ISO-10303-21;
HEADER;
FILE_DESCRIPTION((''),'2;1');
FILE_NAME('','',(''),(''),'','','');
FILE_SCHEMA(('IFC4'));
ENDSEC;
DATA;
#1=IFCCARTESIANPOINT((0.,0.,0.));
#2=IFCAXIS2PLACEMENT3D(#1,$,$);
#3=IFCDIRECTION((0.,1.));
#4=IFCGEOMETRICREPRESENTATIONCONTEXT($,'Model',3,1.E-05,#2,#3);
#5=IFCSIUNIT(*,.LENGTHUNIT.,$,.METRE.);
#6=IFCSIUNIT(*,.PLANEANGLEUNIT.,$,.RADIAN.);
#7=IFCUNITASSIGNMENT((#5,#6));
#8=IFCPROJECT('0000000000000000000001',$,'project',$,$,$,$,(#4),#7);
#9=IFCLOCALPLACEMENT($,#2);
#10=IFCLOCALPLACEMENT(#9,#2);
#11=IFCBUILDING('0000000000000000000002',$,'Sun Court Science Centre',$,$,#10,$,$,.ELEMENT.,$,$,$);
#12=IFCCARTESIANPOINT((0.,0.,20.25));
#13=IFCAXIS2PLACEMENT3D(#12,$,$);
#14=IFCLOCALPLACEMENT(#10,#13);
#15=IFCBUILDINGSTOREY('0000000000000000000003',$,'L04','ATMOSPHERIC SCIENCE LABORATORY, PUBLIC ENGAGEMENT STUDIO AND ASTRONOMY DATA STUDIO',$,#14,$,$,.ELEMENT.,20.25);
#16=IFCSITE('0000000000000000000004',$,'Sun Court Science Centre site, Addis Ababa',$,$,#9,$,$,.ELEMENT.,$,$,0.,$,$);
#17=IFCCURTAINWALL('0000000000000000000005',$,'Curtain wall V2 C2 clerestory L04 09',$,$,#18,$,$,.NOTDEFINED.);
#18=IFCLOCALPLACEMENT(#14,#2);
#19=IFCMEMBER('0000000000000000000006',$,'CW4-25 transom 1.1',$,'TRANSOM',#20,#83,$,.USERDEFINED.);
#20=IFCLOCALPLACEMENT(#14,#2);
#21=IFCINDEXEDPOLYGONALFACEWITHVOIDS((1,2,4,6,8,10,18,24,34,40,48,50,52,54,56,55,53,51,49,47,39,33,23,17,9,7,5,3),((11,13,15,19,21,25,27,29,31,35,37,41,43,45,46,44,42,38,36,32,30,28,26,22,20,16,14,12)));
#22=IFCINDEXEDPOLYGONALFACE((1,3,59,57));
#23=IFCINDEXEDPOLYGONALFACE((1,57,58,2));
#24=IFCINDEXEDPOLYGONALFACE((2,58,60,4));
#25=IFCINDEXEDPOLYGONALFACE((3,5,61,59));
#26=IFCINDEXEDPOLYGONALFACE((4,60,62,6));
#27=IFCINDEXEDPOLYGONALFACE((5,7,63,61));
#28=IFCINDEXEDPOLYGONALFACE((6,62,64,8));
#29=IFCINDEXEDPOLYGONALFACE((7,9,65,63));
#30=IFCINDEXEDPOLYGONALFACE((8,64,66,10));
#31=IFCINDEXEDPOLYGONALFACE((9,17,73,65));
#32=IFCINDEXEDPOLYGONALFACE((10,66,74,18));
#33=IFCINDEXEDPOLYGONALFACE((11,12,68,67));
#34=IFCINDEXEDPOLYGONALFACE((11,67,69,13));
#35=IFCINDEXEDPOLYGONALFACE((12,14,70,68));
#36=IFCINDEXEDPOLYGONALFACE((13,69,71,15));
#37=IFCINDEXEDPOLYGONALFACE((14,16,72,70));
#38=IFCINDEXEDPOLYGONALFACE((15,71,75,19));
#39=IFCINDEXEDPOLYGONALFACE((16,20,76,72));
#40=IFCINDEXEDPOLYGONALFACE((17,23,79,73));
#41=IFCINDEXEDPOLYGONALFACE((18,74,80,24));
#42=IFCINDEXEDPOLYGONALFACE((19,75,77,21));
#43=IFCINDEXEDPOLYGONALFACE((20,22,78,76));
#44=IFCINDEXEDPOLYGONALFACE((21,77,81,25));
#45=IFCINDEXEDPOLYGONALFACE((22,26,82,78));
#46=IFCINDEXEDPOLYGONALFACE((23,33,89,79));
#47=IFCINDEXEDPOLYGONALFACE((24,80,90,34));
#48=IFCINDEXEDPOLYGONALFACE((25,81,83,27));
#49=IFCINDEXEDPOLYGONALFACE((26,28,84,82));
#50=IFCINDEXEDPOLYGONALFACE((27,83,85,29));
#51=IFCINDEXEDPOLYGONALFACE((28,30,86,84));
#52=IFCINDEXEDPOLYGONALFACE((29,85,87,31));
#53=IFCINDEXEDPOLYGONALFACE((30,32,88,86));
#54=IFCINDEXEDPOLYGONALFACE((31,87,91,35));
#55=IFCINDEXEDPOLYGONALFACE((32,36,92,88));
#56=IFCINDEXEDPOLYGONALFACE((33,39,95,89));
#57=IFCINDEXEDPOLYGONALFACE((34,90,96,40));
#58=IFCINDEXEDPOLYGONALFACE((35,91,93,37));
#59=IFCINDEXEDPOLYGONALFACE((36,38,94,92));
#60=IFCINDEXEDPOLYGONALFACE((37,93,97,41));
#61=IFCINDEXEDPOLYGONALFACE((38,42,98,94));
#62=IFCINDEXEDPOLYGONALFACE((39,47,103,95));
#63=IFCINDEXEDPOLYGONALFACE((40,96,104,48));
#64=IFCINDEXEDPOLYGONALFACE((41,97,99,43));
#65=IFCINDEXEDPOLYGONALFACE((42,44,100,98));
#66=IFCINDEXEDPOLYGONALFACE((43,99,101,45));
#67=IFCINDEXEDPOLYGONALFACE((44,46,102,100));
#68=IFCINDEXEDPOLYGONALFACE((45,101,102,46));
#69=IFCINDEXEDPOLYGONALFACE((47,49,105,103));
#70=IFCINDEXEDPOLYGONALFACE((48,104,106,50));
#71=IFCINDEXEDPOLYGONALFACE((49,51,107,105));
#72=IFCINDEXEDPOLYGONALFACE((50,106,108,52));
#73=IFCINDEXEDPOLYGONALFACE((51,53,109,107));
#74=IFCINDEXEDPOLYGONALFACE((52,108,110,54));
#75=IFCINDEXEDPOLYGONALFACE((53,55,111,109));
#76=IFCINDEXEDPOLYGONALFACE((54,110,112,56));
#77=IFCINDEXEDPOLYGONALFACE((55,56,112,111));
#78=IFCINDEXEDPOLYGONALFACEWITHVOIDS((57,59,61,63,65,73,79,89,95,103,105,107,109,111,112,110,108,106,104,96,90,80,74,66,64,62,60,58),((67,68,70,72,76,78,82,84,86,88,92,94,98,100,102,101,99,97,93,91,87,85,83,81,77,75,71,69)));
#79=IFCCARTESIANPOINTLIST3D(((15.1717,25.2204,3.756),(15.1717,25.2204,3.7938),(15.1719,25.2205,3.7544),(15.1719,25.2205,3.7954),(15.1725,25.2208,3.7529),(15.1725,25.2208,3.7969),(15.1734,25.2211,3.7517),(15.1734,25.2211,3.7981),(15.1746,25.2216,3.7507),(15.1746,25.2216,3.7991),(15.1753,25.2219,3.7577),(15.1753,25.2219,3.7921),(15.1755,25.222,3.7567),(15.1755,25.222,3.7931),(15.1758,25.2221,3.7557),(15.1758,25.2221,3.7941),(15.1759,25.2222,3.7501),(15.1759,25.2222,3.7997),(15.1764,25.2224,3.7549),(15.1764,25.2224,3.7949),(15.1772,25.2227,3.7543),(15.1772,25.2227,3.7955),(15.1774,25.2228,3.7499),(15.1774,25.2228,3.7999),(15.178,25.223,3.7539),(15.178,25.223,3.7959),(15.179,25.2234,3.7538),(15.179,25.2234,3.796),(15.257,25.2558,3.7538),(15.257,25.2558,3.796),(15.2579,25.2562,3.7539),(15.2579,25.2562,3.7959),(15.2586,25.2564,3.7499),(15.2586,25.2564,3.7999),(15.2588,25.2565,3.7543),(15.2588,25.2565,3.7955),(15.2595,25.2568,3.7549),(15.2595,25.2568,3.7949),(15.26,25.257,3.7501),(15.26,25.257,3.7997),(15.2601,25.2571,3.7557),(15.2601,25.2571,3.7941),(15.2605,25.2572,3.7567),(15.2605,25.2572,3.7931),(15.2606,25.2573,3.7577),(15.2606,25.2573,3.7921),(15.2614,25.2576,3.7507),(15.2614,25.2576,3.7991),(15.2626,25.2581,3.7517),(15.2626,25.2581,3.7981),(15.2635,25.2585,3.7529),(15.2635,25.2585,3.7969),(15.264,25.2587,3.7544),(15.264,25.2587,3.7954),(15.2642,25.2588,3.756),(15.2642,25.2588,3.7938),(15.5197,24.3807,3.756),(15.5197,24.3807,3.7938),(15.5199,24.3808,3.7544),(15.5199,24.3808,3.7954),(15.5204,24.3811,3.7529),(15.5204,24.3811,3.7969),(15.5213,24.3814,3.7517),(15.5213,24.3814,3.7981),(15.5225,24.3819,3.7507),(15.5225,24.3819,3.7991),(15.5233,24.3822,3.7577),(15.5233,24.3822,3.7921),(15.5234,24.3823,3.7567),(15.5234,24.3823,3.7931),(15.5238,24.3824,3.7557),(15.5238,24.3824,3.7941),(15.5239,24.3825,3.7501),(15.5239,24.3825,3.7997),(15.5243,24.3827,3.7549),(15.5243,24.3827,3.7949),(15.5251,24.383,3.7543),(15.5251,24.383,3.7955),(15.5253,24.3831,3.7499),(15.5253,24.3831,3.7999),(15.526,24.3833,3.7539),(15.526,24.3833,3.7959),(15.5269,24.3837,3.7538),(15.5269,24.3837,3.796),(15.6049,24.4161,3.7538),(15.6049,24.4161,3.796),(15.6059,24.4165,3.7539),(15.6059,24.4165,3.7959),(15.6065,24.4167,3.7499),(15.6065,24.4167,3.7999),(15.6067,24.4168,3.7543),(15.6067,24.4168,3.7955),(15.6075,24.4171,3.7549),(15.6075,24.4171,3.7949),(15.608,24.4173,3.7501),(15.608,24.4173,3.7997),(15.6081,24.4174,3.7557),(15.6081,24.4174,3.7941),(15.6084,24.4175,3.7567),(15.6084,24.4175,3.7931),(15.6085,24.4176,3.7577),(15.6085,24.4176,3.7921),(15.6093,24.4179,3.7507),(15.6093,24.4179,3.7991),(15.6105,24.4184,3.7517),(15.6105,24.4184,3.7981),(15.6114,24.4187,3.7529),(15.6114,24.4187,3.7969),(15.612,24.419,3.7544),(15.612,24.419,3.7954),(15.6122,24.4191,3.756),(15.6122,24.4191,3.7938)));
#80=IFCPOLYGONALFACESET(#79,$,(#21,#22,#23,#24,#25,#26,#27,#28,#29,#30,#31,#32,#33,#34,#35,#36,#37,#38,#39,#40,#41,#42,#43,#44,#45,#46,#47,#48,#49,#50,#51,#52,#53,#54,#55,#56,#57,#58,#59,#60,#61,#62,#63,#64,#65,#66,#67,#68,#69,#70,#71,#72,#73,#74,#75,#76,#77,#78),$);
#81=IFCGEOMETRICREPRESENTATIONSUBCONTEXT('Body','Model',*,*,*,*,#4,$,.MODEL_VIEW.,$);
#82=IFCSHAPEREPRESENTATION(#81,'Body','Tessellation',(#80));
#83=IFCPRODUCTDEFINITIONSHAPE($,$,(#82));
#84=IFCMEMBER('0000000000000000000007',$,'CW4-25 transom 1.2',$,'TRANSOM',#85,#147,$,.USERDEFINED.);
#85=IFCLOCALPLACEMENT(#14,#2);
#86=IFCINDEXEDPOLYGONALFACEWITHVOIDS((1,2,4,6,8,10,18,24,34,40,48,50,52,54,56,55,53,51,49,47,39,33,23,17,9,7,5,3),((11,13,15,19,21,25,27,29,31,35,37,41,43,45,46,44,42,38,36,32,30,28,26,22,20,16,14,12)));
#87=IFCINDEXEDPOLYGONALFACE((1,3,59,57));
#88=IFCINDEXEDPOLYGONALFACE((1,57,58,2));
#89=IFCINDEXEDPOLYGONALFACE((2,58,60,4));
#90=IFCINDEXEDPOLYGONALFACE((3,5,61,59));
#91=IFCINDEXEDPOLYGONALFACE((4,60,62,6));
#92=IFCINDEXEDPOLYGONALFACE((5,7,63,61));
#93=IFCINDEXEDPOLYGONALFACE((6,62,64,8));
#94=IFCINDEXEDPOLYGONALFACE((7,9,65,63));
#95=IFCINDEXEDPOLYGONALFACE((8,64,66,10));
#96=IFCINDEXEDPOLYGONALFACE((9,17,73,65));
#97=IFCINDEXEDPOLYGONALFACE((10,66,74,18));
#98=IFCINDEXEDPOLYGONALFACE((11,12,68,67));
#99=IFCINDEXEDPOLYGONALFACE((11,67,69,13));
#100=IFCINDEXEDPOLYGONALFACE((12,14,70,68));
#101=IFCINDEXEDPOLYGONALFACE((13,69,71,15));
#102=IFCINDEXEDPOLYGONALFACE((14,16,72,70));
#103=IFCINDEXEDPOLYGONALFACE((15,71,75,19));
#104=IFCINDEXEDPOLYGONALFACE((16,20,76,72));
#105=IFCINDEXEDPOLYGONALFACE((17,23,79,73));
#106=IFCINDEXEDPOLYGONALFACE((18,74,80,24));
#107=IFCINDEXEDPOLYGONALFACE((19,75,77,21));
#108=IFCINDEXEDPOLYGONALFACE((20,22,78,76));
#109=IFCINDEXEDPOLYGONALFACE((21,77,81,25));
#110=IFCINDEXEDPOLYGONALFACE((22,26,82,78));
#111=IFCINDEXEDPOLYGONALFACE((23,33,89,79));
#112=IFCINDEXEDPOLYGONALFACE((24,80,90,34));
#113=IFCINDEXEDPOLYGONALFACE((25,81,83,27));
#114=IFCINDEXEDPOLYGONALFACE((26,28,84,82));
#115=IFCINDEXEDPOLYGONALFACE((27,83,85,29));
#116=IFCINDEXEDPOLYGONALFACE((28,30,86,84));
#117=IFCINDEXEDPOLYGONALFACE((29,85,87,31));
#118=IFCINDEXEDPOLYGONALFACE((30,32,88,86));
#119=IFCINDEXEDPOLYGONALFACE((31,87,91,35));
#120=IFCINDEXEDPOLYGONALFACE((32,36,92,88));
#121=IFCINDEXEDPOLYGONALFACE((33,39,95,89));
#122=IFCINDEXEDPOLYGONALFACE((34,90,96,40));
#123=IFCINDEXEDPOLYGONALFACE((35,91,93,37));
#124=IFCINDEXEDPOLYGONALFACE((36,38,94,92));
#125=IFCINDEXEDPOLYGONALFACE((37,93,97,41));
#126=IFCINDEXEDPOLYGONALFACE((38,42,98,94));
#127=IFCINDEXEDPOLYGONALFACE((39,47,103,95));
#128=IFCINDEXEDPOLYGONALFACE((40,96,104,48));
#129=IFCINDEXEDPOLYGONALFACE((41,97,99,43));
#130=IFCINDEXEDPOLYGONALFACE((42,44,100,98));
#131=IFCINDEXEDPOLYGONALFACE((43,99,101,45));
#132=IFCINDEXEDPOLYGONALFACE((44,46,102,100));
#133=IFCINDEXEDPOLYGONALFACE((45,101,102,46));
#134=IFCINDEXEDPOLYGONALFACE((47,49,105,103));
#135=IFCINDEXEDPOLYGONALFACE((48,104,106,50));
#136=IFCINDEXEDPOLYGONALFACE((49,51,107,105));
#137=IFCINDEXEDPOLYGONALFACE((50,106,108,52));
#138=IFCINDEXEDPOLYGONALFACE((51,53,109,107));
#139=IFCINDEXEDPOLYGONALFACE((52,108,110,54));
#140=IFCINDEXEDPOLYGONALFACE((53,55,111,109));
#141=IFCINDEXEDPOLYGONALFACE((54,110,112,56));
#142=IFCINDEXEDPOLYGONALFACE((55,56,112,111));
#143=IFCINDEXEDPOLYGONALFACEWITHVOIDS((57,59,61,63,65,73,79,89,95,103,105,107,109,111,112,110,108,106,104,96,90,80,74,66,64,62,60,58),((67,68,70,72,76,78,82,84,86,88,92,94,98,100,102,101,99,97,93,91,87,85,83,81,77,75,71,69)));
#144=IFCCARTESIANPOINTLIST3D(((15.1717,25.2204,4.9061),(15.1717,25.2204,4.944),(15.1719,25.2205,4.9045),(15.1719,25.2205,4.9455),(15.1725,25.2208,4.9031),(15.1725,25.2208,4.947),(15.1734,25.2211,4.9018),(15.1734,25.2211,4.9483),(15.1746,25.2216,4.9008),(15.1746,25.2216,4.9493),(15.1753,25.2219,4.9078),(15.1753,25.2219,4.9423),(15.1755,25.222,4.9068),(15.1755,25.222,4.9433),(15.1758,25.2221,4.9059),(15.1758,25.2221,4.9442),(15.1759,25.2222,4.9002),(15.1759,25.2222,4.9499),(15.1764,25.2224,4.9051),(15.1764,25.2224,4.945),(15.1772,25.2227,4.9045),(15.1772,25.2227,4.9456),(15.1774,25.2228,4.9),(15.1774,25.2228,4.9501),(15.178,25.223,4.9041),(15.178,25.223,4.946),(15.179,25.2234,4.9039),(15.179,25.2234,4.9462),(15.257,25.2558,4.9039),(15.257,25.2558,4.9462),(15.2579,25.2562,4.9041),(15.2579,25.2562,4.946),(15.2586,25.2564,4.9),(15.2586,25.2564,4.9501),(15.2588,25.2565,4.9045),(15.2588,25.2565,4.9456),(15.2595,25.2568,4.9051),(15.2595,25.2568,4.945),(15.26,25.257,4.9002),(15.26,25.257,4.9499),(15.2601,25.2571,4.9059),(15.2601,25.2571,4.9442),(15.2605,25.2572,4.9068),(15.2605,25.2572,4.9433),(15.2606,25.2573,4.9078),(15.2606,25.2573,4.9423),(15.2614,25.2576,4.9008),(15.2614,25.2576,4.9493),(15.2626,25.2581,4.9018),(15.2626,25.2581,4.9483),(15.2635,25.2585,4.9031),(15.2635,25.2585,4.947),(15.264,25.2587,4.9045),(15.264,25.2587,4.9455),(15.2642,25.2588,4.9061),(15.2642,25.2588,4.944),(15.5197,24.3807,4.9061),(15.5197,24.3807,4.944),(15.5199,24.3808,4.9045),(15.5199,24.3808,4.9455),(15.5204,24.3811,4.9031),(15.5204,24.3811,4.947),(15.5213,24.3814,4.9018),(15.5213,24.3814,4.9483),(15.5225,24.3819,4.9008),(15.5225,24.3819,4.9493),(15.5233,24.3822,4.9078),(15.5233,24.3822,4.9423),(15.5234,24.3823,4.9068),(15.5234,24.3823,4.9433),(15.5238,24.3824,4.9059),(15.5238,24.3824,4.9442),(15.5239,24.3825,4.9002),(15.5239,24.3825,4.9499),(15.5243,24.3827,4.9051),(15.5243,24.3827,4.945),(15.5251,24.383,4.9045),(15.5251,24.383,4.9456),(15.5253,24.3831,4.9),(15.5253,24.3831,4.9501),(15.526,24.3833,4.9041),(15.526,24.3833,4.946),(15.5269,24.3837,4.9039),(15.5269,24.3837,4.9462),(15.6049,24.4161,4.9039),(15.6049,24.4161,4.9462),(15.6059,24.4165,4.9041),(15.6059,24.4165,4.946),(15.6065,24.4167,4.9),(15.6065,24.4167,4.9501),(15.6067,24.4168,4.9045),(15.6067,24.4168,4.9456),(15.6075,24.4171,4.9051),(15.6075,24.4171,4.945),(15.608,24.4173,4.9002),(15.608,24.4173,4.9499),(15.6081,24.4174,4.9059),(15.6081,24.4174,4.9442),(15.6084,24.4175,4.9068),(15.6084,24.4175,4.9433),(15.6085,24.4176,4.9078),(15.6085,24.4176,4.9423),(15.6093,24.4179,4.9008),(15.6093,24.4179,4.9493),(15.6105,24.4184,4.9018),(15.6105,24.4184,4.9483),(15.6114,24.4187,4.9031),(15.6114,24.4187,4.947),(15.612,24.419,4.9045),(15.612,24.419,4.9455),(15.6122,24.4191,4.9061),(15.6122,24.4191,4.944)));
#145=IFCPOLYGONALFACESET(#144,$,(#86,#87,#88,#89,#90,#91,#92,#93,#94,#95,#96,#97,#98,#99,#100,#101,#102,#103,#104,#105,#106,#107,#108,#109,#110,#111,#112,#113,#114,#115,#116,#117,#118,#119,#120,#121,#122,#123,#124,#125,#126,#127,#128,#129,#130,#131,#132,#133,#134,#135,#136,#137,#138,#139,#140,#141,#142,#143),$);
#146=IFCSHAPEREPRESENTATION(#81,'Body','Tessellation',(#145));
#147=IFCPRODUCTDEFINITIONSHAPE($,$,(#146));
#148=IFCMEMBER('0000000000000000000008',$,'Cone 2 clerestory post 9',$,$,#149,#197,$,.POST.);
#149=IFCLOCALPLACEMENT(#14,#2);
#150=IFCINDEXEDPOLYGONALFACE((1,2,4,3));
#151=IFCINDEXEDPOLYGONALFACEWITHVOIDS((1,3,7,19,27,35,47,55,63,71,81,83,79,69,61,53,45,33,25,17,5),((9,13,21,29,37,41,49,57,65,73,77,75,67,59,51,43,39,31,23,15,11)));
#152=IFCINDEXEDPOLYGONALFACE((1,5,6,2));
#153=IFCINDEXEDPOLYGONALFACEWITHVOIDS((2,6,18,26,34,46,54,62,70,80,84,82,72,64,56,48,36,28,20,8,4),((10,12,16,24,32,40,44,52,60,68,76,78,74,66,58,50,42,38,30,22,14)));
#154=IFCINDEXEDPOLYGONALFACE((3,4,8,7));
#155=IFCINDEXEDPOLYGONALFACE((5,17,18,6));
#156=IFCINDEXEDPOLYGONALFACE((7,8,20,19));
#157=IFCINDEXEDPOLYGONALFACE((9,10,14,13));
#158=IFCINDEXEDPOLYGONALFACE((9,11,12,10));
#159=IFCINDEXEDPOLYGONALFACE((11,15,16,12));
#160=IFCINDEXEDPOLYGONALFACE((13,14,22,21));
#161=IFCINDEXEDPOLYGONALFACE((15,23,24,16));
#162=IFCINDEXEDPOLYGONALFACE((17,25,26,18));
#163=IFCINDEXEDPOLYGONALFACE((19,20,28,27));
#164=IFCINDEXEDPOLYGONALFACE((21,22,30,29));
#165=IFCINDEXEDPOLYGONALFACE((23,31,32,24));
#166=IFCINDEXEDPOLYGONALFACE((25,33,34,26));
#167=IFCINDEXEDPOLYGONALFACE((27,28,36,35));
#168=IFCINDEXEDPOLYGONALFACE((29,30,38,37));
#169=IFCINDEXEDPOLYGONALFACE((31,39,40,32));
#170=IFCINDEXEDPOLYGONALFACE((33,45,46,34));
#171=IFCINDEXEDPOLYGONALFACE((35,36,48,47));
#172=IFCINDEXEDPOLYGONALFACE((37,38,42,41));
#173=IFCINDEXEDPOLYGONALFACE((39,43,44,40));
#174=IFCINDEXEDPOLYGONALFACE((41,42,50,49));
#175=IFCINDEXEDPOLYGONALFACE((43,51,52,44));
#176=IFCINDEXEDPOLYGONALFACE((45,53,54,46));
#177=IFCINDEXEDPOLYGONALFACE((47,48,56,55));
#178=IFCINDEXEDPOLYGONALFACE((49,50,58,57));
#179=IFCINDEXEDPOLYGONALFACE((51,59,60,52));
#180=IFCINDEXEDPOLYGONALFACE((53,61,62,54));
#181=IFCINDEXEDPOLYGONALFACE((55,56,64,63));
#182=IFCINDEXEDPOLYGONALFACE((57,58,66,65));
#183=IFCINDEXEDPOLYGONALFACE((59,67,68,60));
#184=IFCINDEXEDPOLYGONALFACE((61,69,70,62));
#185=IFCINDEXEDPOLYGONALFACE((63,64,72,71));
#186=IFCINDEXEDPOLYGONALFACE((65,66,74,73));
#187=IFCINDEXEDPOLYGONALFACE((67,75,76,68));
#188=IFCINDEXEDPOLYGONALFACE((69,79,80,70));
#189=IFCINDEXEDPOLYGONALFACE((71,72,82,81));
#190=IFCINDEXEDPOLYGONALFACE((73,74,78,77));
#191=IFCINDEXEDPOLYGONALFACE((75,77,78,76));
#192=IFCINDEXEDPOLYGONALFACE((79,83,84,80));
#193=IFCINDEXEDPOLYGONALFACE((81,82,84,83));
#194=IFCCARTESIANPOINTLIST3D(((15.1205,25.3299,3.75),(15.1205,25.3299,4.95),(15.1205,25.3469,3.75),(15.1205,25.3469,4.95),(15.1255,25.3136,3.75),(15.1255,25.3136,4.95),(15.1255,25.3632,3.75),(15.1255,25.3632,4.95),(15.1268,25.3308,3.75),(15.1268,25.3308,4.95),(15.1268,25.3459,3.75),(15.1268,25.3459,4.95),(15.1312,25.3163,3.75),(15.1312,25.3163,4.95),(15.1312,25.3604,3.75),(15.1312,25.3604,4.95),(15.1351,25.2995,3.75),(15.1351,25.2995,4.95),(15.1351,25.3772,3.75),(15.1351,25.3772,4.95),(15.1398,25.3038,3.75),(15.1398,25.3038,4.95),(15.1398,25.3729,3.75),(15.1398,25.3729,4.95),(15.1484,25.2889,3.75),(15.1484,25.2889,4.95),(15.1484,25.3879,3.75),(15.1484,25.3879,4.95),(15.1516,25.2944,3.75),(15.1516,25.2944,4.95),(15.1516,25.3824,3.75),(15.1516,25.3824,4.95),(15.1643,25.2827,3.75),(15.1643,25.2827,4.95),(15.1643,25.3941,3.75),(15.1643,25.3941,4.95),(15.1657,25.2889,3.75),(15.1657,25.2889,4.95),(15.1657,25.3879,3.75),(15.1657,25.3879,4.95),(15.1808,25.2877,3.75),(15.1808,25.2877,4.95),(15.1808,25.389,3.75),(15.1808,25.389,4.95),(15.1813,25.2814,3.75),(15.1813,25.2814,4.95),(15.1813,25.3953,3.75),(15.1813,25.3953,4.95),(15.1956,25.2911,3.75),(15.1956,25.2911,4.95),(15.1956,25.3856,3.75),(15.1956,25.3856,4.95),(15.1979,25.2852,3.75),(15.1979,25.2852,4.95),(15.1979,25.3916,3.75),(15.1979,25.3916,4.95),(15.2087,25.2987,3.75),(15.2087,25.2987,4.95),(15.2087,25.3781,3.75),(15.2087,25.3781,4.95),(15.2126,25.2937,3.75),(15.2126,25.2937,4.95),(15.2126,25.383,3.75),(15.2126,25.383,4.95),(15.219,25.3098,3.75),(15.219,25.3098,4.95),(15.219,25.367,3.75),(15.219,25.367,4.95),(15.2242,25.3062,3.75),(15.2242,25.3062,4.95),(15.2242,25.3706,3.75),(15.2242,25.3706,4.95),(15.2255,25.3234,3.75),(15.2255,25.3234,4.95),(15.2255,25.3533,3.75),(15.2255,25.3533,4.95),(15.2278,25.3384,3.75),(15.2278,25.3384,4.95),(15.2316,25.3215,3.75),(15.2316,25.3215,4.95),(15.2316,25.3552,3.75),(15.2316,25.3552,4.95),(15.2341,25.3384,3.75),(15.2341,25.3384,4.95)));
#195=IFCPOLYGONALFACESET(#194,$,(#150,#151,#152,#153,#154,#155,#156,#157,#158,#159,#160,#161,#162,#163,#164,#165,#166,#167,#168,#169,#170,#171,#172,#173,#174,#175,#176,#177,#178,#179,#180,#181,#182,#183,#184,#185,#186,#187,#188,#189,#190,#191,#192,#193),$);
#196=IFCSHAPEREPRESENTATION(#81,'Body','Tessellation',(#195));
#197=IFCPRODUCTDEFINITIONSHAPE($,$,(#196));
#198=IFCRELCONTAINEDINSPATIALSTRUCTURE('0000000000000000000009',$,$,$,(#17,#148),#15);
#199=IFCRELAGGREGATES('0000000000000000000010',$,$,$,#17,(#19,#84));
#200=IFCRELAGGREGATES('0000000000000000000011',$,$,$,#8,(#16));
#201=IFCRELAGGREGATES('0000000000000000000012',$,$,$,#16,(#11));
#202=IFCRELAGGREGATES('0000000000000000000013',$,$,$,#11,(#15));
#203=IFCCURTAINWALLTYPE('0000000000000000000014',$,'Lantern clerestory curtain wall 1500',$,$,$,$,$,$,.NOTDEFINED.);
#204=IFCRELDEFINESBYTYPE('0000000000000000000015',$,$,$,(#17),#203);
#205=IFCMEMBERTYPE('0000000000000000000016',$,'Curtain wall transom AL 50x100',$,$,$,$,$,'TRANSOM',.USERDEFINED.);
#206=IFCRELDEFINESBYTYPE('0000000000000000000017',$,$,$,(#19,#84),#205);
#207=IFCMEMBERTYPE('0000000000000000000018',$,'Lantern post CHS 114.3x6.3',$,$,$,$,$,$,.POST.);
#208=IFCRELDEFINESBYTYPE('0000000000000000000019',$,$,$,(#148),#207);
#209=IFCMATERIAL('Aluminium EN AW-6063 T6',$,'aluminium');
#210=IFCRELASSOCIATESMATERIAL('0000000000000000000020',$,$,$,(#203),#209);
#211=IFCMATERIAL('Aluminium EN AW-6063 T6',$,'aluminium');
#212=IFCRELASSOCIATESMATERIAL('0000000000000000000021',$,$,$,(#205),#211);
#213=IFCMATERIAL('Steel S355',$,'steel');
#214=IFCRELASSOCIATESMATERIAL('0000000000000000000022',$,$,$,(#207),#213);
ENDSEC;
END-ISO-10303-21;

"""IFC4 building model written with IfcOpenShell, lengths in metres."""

from ifc_helpers import new_model, si_unit, direction, frame, origin, origin_2d, place, context, subcontext, project, spatial, hollow_rectangle, hollow_circle, extrude, material, material_profile, profile_set, type_object, element, aggregate, save


model = new_model("IFC4")

# Units and contexts
model_context = context("Model", 3, precision=1e-05, world=origin(), true_north=direction((0.0, 1.0)))
body_context = subcontext(model_context, "Body", "Model", "MODEL_VIEW")
ifc_project = project(units=[si_unit("LENGTHUNIT", "METRE"), si_unit("PLANEANGLEUNIT", "RADIAN")], contexts=[model_context])

# Site, building, storey
site_placement = place(None, origin())
site = spatial("IfcSite", under=ifc_project, at=site_placement, Name="Sun Court Science Centre site, Addis Ababa", CompositionType="ELEMENT", RefElevation=0.0)
building_placement = place(site_placement, origin())
building = spatial("IfcBuilding", under=site, at=building_placement, Name="Sun Court Science Centre", CompositionType="ELEMENT")
storey_placement = place(building_placement, frame((0.0, 0.0, 20.25)))
storey = spatial("IfcBuildingStorey", under=building, at=storey_placement, Name="L04", Description="ATMOSPHERIC SCIENCE LABORATORY, PUBLIC ENGAGEMENT STUDIO AND ASTRONOMY DATA STUDIO", CompositionType="ELEMENT", Elevation=20.25)

# Curtain wall, members
ifc_material_1 = material(Name="Aluminium EN AW-6063 T6", Category="aluminium")
curtain_wall_type = type_object("IfcCurtainWallType", Name="Lantern clerestory curtain wall 1500", PredefinedType="NOTDEFINED", material=ifc_material_1)
curtain_wall_placement = place(storey_placement, origin())
curtain_wall = element("IfcCurtainWall", 1, at=curtain_wall_placement, inside=storey, type_object=curtain_wall_type, Name="Curtain wall V2 C2 clerestory L04 09", PredefinedType="NOTDEFINED")
ifc_material_2 = material(Name="Aluminium EN AW-6063 T6", Category="aluminium")
ifc_material_profile_1 = material_profile(ifc_material_2, hollow_rectangle(XDim=0.05, YDim=0.1001, WallThickness=0.0039, InnerFilletRadius=0.0039, OuterFilletRadius=0.0061, at=origin_2d()), Name="AL 50x100x4")
ifc_profile_set_1 = profile_set([ifc_material_profile_1], Name="Aluminium EN AW-6063 T6")
member_type_1 = type_object("IfcMemberType", Name="Curtain wall transom AL 50x100", ElementType="TRANSOM", PredefinedType="USERDEFINED", material=ifc_profile_set_1)
member_1_placement = place(storey_placement, frame((15.5659, 24.3999, 3.7749), z_axis=(-0.382803, 0.92383, 0.0), x_axis=(0.0, 0.0, 1.0)))
member_1 = element("IfcMember", 2, at=member_1_placement, type_object=member_type_1, Name="CW4-25 transom 1.1", ObjectType="TRANSOM", PredefinedType="USERDEFINED", context=body_context, shape_type="SweptSolid", body=[
    extrude(hollow_rectangle(XDim=0.05, YDim=0.1001, WallThickness=0.0039, InnerFilletRadius=0.0039, OuterFilletRadius=0.0061, at=origin_2d()), origin(), (0.0, 0.0, 1.0), 0.9089),
])
member_2_placement = place(storey_placement, frame((15.5659, 24.3999, 4.925), z_axis=(-0.382803, 0.92383, 0.0), x_axis=(0.0, 0.0, 1.0)))
member_2 = element("IfcMember", 3, at=member_2_placement, type_object=member_type_1, Name="CW4-25 transom 1.2", ObjectType="TRANSOM", PredefinedType="USERDEFINED", context=body_context, shape_type="SweptSolid", body=[
    extrude(hollow_rectangle(XDim=0.05, YDim=0.1001, WallThickness=0.0039, InnerFilletRadius=0.0039, OuterFilletRadius=0.0061, at=origin_2d()), origin(), (0.0, 0.0, 1.0), 0.9089),
])

# Member
ifc_material_3 = material(Name="Steel S355", Category="steel")
ifc_material_profile_2 = material_profile(ifc_material_3, hollow_circle(Radius=0.0571, WallThickness=0.0063, at=origin_2d()), Name="CHS 114.3x6.3")
ifc_profile_set_2 = profile_set([ifc_material_profile_2], Name="Steel S355")
member_type_2 = type_object("IfcMemberType", Name="Lantern post CHS 114.3x6.3", PredefinedType="POST", material=ifc_profile_set_2)
for number, where, z_axis, x_axis, name in (
    (4, (15.177, 25.3384, 3.75), (0.0, 0.0, 1.0), (1.0, 0.0, 0.0), "Cone 2 clerestory post 9"),
):
    element("IfcMember", number, at=place(storey_placement, frame(where, z_axis=z_axis, x_axis=x_axis)), inside=storey, type_object=member_type_2, Name=name, PredefinedType="POST", context=body_context, shape_type="SweptSolid", body=[
        extrude(hollow_circle(Radius=0.0571, WallThickness=0.0063, at=origin_2d()), origin(), (0.0, 0.0, 1.0), 1.2),
    ])

aggregate(curtain_wall, [member_1, member_2])

save(model, "model.ifc")
